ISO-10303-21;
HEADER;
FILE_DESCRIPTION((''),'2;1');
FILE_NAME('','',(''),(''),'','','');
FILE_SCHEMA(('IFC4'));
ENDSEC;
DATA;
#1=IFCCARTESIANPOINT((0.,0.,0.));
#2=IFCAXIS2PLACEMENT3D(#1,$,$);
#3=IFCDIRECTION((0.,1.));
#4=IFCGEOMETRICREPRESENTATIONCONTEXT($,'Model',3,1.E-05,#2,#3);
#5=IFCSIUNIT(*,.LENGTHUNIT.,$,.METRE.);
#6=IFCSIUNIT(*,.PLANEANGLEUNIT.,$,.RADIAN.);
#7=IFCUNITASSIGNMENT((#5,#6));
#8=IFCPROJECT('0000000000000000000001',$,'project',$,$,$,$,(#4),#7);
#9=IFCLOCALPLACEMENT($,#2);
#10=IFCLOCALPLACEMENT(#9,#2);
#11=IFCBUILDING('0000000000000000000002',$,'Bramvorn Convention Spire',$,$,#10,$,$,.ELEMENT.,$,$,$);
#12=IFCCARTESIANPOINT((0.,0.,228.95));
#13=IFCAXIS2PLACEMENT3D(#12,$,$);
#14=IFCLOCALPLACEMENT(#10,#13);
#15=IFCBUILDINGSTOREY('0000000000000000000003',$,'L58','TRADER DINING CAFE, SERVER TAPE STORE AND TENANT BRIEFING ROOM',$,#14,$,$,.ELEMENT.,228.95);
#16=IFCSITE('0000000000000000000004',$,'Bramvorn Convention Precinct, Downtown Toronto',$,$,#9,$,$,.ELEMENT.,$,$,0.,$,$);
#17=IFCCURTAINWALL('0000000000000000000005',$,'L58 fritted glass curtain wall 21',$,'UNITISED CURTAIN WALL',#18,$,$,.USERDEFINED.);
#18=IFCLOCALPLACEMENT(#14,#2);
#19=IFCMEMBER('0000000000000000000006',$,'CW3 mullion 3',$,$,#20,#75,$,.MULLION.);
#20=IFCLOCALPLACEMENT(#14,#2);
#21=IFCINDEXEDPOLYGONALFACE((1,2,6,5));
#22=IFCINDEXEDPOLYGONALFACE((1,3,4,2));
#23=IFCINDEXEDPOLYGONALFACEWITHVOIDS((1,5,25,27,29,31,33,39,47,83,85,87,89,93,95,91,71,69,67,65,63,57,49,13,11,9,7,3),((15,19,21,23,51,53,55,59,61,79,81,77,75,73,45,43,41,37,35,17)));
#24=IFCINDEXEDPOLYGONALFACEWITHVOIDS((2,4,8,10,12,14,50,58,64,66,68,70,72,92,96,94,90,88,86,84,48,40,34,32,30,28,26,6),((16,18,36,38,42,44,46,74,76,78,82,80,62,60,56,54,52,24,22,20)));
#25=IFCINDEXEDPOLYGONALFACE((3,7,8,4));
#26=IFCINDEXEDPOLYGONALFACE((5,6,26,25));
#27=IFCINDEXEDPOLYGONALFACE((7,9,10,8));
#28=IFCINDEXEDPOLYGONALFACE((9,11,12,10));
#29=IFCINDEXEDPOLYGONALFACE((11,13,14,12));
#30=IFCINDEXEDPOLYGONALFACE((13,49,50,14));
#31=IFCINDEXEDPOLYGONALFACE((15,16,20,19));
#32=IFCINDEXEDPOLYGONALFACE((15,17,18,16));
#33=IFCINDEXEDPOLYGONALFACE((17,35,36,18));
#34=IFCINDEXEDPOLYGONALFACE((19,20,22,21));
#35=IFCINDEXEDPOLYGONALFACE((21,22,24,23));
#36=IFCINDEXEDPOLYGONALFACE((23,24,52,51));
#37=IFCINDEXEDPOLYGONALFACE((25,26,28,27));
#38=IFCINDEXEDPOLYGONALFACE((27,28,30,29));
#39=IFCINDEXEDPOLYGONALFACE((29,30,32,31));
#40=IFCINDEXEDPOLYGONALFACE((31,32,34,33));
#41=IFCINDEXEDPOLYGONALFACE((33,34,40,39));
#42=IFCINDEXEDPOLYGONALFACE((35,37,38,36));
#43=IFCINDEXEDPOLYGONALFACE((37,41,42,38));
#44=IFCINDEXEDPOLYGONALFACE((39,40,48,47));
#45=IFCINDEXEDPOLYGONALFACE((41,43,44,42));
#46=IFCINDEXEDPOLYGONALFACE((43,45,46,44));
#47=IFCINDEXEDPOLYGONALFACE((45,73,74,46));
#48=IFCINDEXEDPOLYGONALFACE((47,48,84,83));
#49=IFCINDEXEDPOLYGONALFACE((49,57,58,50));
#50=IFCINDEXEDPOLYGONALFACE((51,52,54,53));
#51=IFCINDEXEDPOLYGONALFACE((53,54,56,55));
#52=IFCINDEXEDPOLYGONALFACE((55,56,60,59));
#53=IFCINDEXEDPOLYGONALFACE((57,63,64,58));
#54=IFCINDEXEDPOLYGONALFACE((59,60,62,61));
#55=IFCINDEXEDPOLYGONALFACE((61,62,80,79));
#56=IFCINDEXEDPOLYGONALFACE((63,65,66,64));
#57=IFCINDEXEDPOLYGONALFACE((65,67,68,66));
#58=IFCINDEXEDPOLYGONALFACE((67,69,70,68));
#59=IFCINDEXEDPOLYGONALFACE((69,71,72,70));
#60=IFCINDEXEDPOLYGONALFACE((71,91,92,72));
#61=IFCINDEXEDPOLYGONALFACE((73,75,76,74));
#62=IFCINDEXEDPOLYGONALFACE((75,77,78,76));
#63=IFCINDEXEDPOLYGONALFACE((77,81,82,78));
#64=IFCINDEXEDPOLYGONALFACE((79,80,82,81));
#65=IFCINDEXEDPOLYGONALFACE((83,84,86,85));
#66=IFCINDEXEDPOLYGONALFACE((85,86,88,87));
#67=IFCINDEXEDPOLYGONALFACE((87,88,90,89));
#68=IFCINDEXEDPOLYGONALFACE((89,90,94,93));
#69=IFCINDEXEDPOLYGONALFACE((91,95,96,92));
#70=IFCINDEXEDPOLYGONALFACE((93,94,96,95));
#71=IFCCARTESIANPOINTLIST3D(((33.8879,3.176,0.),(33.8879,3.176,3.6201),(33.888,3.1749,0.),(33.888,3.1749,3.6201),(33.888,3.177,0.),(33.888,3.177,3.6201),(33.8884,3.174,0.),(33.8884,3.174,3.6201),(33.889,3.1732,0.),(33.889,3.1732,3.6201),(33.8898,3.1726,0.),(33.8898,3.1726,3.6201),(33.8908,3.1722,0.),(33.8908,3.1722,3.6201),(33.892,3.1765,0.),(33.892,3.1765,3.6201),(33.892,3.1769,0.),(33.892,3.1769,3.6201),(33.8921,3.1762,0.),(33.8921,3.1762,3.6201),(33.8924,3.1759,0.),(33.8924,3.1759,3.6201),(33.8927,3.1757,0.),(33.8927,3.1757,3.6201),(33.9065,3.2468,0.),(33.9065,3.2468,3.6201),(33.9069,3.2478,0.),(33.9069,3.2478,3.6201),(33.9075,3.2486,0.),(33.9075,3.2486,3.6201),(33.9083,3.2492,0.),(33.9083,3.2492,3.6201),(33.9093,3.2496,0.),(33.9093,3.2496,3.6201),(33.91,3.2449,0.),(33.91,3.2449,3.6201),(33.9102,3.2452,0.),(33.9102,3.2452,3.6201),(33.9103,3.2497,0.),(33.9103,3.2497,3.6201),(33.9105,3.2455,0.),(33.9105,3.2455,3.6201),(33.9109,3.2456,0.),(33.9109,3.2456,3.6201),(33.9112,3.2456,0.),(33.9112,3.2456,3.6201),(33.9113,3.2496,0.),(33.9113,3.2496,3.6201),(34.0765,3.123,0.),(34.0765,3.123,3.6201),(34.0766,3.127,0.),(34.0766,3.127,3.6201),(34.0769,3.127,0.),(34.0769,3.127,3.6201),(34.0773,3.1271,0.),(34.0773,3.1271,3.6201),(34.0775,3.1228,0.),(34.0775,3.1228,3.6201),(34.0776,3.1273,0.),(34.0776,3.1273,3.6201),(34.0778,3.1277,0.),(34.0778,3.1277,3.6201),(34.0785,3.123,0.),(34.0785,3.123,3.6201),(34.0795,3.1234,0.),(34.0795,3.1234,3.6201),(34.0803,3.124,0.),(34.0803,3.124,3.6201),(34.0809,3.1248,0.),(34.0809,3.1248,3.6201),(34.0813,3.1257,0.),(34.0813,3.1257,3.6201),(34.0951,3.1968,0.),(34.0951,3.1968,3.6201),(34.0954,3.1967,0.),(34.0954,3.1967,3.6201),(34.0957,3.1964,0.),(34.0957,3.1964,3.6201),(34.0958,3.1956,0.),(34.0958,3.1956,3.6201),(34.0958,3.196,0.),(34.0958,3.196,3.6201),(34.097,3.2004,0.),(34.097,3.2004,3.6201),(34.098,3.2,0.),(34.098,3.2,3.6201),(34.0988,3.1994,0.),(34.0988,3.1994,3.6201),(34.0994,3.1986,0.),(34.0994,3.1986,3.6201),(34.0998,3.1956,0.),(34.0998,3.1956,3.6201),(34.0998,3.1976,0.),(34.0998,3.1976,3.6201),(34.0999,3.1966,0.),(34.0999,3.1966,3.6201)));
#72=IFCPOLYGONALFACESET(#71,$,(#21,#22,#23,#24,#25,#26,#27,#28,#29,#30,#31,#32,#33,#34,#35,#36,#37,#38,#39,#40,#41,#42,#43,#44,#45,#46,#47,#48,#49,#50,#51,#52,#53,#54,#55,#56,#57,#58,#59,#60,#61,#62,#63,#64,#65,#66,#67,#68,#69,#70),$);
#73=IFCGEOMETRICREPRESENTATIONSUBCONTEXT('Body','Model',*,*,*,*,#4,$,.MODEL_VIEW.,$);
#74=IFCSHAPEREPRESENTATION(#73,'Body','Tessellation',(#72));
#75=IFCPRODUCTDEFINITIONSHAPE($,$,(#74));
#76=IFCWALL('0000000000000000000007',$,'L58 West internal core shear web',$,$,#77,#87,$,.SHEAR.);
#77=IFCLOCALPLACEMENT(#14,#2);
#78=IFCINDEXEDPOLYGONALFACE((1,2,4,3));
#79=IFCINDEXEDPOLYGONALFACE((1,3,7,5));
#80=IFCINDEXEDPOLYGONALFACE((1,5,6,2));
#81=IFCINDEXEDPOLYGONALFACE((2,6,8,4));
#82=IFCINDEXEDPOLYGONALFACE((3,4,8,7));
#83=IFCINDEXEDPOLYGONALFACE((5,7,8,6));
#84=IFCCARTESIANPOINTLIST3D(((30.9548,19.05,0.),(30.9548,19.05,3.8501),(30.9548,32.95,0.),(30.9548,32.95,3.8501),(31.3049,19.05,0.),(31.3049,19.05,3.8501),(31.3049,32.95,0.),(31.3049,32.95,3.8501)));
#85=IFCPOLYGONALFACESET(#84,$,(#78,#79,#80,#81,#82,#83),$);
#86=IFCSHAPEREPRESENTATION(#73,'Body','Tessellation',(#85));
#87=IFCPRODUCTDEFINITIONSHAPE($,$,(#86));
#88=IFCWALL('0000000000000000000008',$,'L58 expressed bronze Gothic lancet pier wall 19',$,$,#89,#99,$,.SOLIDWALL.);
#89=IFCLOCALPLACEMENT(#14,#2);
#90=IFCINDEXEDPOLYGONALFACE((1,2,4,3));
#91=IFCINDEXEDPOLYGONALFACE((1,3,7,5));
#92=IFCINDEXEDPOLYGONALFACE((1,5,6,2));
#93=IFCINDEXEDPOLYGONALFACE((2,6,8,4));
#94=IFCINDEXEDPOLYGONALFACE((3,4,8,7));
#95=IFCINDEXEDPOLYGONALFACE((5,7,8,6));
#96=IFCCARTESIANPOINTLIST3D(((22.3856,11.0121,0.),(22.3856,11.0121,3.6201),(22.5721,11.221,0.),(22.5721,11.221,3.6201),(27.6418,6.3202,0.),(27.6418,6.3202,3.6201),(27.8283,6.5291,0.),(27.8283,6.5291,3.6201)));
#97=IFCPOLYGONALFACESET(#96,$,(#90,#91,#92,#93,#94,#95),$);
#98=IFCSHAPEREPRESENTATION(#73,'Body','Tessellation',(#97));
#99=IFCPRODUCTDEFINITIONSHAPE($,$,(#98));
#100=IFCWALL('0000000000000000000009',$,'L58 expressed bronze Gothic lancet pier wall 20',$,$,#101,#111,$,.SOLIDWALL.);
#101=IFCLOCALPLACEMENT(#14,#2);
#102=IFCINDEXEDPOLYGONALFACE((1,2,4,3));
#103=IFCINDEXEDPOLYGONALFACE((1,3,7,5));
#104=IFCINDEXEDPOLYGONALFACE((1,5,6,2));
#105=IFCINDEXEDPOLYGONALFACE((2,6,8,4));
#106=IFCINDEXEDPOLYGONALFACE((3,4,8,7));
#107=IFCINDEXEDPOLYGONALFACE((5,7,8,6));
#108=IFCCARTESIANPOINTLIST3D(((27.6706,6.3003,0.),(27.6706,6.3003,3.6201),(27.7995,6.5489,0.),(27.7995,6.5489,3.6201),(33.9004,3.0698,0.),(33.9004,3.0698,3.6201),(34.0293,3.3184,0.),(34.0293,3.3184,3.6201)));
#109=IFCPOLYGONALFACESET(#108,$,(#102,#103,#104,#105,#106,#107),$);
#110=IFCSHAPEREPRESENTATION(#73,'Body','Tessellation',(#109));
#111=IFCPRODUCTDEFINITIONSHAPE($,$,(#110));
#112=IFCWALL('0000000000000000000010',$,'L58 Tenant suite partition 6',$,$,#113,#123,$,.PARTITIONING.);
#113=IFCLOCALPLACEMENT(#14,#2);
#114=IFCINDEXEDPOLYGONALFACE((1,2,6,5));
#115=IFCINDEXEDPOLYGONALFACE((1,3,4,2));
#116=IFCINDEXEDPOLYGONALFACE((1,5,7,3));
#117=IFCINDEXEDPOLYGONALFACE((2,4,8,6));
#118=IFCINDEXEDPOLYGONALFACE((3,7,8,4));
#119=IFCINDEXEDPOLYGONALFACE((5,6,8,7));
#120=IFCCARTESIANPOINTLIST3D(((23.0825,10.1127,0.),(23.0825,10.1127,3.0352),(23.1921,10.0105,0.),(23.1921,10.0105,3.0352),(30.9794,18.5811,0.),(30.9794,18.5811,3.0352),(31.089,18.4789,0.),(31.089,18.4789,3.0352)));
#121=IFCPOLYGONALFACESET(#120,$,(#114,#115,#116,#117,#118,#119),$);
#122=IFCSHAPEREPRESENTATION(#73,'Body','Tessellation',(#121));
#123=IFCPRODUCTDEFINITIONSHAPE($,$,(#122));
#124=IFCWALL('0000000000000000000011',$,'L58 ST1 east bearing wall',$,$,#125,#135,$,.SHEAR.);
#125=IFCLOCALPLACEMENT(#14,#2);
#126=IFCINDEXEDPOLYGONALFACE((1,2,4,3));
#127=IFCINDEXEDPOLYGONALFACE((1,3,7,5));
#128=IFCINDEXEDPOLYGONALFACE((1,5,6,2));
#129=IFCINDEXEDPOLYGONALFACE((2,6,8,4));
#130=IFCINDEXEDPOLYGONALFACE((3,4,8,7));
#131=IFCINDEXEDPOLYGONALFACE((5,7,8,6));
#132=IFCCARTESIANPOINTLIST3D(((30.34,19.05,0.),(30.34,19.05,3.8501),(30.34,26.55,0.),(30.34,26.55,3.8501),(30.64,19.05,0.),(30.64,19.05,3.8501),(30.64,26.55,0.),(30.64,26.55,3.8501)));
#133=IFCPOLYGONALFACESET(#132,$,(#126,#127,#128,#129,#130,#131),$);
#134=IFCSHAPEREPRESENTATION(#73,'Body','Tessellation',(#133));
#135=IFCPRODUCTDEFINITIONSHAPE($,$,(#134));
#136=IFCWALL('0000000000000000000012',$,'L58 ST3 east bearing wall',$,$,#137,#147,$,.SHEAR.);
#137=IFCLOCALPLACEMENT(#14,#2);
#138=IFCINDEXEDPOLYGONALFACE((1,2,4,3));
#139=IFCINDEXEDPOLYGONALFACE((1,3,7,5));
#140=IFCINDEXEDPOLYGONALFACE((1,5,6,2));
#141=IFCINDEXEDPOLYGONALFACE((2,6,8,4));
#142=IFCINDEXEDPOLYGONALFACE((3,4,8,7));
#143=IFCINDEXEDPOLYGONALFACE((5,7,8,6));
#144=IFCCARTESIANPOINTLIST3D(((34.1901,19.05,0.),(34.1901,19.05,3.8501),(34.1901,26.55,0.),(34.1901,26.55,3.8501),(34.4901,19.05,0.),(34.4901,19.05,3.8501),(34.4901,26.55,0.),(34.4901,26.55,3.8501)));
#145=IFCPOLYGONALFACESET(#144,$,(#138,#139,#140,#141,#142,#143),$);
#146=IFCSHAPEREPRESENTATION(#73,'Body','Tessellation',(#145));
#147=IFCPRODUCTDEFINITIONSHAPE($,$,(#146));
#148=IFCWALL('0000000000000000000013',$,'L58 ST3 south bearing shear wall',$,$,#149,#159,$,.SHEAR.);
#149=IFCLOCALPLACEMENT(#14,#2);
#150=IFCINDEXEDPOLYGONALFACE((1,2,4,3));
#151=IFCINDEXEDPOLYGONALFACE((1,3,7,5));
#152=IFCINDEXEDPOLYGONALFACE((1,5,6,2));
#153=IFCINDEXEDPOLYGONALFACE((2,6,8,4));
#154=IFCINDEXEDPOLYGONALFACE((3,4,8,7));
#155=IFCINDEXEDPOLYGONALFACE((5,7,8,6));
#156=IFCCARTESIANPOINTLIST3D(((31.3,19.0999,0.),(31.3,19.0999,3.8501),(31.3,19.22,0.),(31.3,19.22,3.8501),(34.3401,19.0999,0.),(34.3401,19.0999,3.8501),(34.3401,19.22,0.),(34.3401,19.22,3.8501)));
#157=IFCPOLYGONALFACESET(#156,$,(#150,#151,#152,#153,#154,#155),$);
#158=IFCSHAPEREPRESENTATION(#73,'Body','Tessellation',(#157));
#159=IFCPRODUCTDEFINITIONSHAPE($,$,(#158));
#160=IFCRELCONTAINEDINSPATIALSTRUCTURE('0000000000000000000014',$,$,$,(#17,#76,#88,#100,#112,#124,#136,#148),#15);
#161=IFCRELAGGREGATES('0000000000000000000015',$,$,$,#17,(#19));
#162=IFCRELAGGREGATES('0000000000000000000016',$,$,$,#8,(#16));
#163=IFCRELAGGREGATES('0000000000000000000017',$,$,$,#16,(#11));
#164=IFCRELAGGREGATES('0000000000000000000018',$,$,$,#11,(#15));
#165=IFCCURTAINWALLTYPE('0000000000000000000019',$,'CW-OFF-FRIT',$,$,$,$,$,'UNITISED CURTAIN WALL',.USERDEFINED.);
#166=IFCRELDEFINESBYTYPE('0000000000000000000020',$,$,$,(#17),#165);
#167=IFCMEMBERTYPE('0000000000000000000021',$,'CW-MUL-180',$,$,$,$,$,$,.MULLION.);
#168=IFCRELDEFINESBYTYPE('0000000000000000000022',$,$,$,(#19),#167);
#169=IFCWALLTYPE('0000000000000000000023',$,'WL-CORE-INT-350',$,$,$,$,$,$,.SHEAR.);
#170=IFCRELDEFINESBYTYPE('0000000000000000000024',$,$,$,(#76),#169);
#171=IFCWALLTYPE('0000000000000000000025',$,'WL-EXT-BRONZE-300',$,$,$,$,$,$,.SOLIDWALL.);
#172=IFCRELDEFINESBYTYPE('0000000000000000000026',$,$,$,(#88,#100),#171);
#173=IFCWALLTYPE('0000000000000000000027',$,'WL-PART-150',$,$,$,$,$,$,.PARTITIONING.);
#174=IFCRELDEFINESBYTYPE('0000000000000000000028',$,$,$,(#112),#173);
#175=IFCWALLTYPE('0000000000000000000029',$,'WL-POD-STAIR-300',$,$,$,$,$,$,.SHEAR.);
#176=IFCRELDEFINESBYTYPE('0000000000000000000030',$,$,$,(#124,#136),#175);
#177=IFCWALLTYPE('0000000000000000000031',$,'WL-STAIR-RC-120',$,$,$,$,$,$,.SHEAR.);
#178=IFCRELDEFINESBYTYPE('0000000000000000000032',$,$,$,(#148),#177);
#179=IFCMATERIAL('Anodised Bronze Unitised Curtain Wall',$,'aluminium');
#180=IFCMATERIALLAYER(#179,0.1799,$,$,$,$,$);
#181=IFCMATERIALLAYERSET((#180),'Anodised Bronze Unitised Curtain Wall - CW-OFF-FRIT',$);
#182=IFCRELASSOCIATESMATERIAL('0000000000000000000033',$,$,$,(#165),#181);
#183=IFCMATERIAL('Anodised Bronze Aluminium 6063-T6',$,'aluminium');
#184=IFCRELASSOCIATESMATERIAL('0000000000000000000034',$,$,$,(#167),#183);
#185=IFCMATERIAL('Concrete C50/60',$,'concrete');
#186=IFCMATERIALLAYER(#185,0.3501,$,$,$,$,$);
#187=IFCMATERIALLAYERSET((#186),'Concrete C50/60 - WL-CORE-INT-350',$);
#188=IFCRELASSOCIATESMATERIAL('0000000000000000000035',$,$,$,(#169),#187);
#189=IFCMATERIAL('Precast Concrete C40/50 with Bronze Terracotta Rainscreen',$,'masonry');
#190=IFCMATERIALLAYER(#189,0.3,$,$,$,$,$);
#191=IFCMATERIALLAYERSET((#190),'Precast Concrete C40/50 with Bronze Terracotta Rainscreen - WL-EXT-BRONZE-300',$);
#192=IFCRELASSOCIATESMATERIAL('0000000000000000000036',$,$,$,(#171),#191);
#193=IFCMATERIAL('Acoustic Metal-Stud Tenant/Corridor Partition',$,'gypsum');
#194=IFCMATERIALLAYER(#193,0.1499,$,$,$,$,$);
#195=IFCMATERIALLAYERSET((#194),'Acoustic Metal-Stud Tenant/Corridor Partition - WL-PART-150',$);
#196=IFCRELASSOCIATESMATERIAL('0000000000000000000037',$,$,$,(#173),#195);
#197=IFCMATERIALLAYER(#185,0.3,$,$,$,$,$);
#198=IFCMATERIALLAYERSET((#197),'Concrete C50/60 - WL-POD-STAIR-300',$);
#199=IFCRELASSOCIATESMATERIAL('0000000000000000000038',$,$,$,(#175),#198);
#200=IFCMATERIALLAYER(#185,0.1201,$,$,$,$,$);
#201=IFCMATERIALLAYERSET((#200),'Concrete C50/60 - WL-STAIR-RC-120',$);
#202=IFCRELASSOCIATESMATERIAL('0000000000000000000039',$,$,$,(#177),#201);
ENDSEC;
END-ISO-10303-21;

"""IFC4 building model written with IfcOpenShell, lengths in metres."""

from ifc_helpers import new_model, si_unit, direction, frame, frame_2d, origin, origin_2d, place, context, subcontext, project, spatial, rectangle, hollow_rectangle, extrude, material, layer, layer_set, material_profile, profile_set, type_object, element, aggregate, save


model = new_model("IFC4")

# Units and contexts
model_context = context("Model", 3, precision=1e-05, world=origin(), true_north=direction((0.0, 1.0)))
body_context = subcontext(model_context, "Body", "Model", "MODEL_VIEW")
ifc_project = project(units=[si_unit("LENGTHUNIT", "METRE"), si_unit("PLANEANGLEUNIT", "RADIAN")], contexts=[model_context])

# Site, building, storey
site_placement = place(None, origin())
site = spatial("IfcSite", under=ifc_project, at=site_placement, Name="Bramvorn Convention Precinct, Downtown Toronto", CompositionType="ELEMENT", RefElevation=0.0)
building_placement = place(site_placement, origin())
building = spatial("IfcBuilding", under=site, at=building_placement, Name="Bramvorn Convention Spire", CompositionType="ELEMENT")
storey_placement = place(building_placement, frame((0.0, 0.0, 228.95)))
storey = spatial("IfcBuildingStorey", under=building, at=storey_placement, Name="L58", Description="TRADER DINING CAFE, SERVER TAPE STORE AND TENANT BRIEFING ROOM", CompositionType="ELEMENT", Elevation=228.95)

# Curtain wall, member
ifc_material_1 = material(Name="Anodised Bronze Unitised Curtain Wall", Category="aluminium")
ifc_layer_1 = layer(ifc_material_1, 0.1799)
ifc_layer_set_1 = layer_set([ifc_layer_1], Name="Anodised Bronze Unitised Curtain Wall - CW-OFF-FRIT")
curtain_wall_type = type_object("IfcCurtainWallType", Name="CW-OFF-FRIT", ElementType="UNITISED CURTAIN WALL", PredefinedType="USERDEFINED", material=ifc_layer_set_1)
curtain_wall_placement = place(storey_placement, origin())
curtain_wall = element("IfcCurtainWall", 1, at=curtain_wall_placement, inside=storey, type_object=curtain_wall_type, Name="L58 fritted glass curtain wall 21", ObjectType="UNITISED CURTAIN WALL", PredefinedType="USERDEFINED")
ifc_material_2 = material(Name="Anodised Bronze Aluminium 6063-T6", Category="aluminium")
ifc_material_profile_1 = material_profile(ifc_material_2, hollow_rectangle(XDim=0.0801, YDim=0.2, WallThickness=0.0039, InnerFilletRadius=0.001, OuterFilletRadius=0.0039, at=origin_2d()))
ifc_profile_set_1 = profile_set([ifc_material_profile_1], Name="Anodised Bronze Aluminium 6063-T6 - CWM80X200")
member_type = type_object("IfcMemberType", Name="CW-MUL-180", PredefinedType="MULLION", material=ifc_profile_set_1)
member_placement = place(storey_placement, frame((33.9939, 3.1863, 0.0), z_axis=(0.0, 0.0, 1.0), x_axis=(-0.256231, -0.966616, 0.0)))
member = element("IfcMember", 2, at=member_placement, type_object=member_type, Name="CW3 mullion 3", PredefinedType="MULLION", context=body_context, shape_type="SweptSolid", body=[
    extrude(hollow_rectangle(XDim=0.0801, YDim=0.2, WallThickness=0.0039, InnerFilletRadius=0.001, OuterFilletRadius=0.0039, at=origin_2d()), origin(), (0.0, 0.0, 1.0), 3.6201),
])
aggregate(curtain_wall, [member])

# Wall
ifc_material_3 = material(Name="Concrete C50/60", Category="concrete")
ifc_layer_2 = layer(ifc_material_3, 0.3501)
ifc_layer_set_2 = layer_set([ifc_layer_2], Name="Concrete C50/60 - WL-CORE-INT-350")
wall_type_1 = type_object("IfcWallType", Name="WL-CORE-INT-350", PredefinedType="SHEAR", material=ifc_layer_set_2)
wall_1_placement = place(storey_placement, frame((31.1299, 19.05, 0.0), z_axis=(0.0, 0.0, 1.0), x_axis=(0.0, 1.0, 0.0)))
element("IfcWall", 3, at=wall_1_placement, inside=storey, type_object=wall_type_1, Name="L58 West internal core shear web", PredefinedType="SHEAR", context=body_context, shape_type="SweptSolid", body=[
    extrude(rectangle(XDim=13.8999, YDim=0.3501, at=frame_2d((6.95, 0.0))), origin(), (0.0, 0.0, 1.0), 3.8501),
])

# Walls
ifc_material_4 = material(Name="Precast Concrete C40/50 with Bronze Terracotta Rainscreen", Category="masonry")
ifc_layer_3 = layer(ifc_material_4, 0.3)
ifc_layer_set_3 = layer_set([ifc_layer_3], Name="Precast Concrete C40/50 with Bronze Terracotta Rainscreen - WL-EXT-BRONZE-300")
wall_type_2 = type_object("IfcWallType", Name="WL-EXT-BRONZE-300", PredefinedType="SOLIDWALL", material=ifc_layer_set_3)
wall_2_placement = place(storey_placement, frame((27.7351, 6.4246, 0.0), z_axis=(0.0, 0.0, 1.0), x_axis=(-0.746012, 0.665932, 0.0)))
element("IfcWall", 4, at=wall_2_placement, inside=storey, type_object=wall_type_2, Name="L58 expressed bronze Gothic lancet pier wall 19", PredefinedType="SOLIDWALL", context=body_context, shape_type="SweptSolid", body=[
    extrude(rectangle(XDim=7.0457, YDim=0.28, at=frame_2d((3.5229, 0.0))), origin(), (0.0, 0.0, 1.0), 3.6201),
])
wall_3_placement = place(storey_placement, frame((33.9648, 3.1941, 0.0), z_axis=(0.0, 0.0, 1.0), x_axis=(-0.887741, 0.460344, 0.0)))
element("IfcWall", 5, at=wall_3_placement, inside=storey, type_object=wall_type_2, Name="L58 expressed bronze Gothic lancet pier wall 20", PredefinedType="SOLIDWALL", context=body_context, shape_type="SweptSolid", body=[
    extrude(rectangle(XDim=7.0176, YDim=0.28, at=frame_2d((3.5088, 0.0))), origin(), (0.0, 0.0, 1.0), 3.6201),
])
ifc_material_5 = material(Name="Acoustic Metal-Stud Tenant/Corridor Partition", Category="gypsum")
ifc_layer_4 = layer(ifc_material_5, 0.1499)
ifc_layer_set_4 = layer_set([ifc_layer_4], Name="Acoustic Metal-Stud Tenant/Corridor Partition - WL-PART-150")
wall_type_3 = type_object("IfcWallType", Name="WL-PART-150", PredefinedType="PARTITIONING", material=ifc_layer_set_4)
wall_4_placement = place(storey_placement, frame((31.0342, 18.53, 0.0), z_axis=(0.0, 0.0, 1.0), x_axis=(-0.681997, -0.731355, 0.0)))
element("IfcWall", 6, at=wall_4_placement, inside=storey, type_object=wall_type_3, Name="L58 Tenant suite partition 6", PredefinedType="PARTITIONING", context=body_context, shape_type="SweptSolid", body=[
    extrude(rectangle(XDim=11.5791, YDim=0.1499, at=frame_2d((5.7896, 0.0))), origin(), (0.0, 0.0, 1.0), 3.0352),
])
ifc_layer_5 = layer(ifc_material_3, 0.3)
ifc_layer_set_5 = layer_set([ifc_layer_5], Name="Concrete C50/60 - WL-POD-STAIR-300")
wall_type_4 = type_object("IfcWallType", Name="WL-POD-STAIR-300", PredefinedType="SHEAR", material=ifc_layer_set_5)
for number, where, z_axis, x_axis, name in (
    (7, (30.49, 19.05, 0.0), (0.0, 0.0, 1.0), (0.0, 1.0, 0.0), "L58 ST1 east bearing wall"),
    (8, (34.3401, 19.05, 0.0), (0.0, 0.0, 1.0), (0.0, 1.0, 0.0), "L58 ST3 east bearing wall"),
):
    element("IfcWall", number, at=place(storey_placement, frame(where, z_axis=z_axis, x_axis=x_axis)), inside=storey, type_object=wall_type_4, Name=name, PredefinedType="SHEAR", context=body_context, shape_type="SweptSolid", body=[
        extrude(rectangle(XDim=7.5, YDim=0.3, at=frame_2d((3.75, 0.0))), origin(), (0.0, 0.0, 1.0), 3.8501),
    ])
ifc_layer_6 = layer(ifc_material_3, 0.1201)
ifc_layer_set_6 = layer_set([ifc_layer_6], Name="Concrete C50/60 - WL-STAIR-RC-120")
wall_type_5 = type_object("IfcWallType", Name="WL-STAIR-RC-120", PredefinedType="SHEAR", material=ifc_layer_set_6)
wall_5_placement = place(storey_placement, frame((31.3, 19.1599, 0.0), z_axis=(0.0, 0.0, 1.0), x_axis=(1.0, 0.0, 0.0)))
element("IfcWall", 9, at=wall_5_placement, inside=storey, type_object=wall_type_5, Name="L58 ST3 south bearing shear wall", PredefinedType="SHEAR", context=body_context, shape_type="SweptSolid", body=[
    extrude(rectangle(XDim=3.04, YDim=0.1201, at=frame_2d((1.52, 0.0))), origin(), (0.0, 0.0, 1.0), 3.8501),
])

save(model, "model.ifc")
